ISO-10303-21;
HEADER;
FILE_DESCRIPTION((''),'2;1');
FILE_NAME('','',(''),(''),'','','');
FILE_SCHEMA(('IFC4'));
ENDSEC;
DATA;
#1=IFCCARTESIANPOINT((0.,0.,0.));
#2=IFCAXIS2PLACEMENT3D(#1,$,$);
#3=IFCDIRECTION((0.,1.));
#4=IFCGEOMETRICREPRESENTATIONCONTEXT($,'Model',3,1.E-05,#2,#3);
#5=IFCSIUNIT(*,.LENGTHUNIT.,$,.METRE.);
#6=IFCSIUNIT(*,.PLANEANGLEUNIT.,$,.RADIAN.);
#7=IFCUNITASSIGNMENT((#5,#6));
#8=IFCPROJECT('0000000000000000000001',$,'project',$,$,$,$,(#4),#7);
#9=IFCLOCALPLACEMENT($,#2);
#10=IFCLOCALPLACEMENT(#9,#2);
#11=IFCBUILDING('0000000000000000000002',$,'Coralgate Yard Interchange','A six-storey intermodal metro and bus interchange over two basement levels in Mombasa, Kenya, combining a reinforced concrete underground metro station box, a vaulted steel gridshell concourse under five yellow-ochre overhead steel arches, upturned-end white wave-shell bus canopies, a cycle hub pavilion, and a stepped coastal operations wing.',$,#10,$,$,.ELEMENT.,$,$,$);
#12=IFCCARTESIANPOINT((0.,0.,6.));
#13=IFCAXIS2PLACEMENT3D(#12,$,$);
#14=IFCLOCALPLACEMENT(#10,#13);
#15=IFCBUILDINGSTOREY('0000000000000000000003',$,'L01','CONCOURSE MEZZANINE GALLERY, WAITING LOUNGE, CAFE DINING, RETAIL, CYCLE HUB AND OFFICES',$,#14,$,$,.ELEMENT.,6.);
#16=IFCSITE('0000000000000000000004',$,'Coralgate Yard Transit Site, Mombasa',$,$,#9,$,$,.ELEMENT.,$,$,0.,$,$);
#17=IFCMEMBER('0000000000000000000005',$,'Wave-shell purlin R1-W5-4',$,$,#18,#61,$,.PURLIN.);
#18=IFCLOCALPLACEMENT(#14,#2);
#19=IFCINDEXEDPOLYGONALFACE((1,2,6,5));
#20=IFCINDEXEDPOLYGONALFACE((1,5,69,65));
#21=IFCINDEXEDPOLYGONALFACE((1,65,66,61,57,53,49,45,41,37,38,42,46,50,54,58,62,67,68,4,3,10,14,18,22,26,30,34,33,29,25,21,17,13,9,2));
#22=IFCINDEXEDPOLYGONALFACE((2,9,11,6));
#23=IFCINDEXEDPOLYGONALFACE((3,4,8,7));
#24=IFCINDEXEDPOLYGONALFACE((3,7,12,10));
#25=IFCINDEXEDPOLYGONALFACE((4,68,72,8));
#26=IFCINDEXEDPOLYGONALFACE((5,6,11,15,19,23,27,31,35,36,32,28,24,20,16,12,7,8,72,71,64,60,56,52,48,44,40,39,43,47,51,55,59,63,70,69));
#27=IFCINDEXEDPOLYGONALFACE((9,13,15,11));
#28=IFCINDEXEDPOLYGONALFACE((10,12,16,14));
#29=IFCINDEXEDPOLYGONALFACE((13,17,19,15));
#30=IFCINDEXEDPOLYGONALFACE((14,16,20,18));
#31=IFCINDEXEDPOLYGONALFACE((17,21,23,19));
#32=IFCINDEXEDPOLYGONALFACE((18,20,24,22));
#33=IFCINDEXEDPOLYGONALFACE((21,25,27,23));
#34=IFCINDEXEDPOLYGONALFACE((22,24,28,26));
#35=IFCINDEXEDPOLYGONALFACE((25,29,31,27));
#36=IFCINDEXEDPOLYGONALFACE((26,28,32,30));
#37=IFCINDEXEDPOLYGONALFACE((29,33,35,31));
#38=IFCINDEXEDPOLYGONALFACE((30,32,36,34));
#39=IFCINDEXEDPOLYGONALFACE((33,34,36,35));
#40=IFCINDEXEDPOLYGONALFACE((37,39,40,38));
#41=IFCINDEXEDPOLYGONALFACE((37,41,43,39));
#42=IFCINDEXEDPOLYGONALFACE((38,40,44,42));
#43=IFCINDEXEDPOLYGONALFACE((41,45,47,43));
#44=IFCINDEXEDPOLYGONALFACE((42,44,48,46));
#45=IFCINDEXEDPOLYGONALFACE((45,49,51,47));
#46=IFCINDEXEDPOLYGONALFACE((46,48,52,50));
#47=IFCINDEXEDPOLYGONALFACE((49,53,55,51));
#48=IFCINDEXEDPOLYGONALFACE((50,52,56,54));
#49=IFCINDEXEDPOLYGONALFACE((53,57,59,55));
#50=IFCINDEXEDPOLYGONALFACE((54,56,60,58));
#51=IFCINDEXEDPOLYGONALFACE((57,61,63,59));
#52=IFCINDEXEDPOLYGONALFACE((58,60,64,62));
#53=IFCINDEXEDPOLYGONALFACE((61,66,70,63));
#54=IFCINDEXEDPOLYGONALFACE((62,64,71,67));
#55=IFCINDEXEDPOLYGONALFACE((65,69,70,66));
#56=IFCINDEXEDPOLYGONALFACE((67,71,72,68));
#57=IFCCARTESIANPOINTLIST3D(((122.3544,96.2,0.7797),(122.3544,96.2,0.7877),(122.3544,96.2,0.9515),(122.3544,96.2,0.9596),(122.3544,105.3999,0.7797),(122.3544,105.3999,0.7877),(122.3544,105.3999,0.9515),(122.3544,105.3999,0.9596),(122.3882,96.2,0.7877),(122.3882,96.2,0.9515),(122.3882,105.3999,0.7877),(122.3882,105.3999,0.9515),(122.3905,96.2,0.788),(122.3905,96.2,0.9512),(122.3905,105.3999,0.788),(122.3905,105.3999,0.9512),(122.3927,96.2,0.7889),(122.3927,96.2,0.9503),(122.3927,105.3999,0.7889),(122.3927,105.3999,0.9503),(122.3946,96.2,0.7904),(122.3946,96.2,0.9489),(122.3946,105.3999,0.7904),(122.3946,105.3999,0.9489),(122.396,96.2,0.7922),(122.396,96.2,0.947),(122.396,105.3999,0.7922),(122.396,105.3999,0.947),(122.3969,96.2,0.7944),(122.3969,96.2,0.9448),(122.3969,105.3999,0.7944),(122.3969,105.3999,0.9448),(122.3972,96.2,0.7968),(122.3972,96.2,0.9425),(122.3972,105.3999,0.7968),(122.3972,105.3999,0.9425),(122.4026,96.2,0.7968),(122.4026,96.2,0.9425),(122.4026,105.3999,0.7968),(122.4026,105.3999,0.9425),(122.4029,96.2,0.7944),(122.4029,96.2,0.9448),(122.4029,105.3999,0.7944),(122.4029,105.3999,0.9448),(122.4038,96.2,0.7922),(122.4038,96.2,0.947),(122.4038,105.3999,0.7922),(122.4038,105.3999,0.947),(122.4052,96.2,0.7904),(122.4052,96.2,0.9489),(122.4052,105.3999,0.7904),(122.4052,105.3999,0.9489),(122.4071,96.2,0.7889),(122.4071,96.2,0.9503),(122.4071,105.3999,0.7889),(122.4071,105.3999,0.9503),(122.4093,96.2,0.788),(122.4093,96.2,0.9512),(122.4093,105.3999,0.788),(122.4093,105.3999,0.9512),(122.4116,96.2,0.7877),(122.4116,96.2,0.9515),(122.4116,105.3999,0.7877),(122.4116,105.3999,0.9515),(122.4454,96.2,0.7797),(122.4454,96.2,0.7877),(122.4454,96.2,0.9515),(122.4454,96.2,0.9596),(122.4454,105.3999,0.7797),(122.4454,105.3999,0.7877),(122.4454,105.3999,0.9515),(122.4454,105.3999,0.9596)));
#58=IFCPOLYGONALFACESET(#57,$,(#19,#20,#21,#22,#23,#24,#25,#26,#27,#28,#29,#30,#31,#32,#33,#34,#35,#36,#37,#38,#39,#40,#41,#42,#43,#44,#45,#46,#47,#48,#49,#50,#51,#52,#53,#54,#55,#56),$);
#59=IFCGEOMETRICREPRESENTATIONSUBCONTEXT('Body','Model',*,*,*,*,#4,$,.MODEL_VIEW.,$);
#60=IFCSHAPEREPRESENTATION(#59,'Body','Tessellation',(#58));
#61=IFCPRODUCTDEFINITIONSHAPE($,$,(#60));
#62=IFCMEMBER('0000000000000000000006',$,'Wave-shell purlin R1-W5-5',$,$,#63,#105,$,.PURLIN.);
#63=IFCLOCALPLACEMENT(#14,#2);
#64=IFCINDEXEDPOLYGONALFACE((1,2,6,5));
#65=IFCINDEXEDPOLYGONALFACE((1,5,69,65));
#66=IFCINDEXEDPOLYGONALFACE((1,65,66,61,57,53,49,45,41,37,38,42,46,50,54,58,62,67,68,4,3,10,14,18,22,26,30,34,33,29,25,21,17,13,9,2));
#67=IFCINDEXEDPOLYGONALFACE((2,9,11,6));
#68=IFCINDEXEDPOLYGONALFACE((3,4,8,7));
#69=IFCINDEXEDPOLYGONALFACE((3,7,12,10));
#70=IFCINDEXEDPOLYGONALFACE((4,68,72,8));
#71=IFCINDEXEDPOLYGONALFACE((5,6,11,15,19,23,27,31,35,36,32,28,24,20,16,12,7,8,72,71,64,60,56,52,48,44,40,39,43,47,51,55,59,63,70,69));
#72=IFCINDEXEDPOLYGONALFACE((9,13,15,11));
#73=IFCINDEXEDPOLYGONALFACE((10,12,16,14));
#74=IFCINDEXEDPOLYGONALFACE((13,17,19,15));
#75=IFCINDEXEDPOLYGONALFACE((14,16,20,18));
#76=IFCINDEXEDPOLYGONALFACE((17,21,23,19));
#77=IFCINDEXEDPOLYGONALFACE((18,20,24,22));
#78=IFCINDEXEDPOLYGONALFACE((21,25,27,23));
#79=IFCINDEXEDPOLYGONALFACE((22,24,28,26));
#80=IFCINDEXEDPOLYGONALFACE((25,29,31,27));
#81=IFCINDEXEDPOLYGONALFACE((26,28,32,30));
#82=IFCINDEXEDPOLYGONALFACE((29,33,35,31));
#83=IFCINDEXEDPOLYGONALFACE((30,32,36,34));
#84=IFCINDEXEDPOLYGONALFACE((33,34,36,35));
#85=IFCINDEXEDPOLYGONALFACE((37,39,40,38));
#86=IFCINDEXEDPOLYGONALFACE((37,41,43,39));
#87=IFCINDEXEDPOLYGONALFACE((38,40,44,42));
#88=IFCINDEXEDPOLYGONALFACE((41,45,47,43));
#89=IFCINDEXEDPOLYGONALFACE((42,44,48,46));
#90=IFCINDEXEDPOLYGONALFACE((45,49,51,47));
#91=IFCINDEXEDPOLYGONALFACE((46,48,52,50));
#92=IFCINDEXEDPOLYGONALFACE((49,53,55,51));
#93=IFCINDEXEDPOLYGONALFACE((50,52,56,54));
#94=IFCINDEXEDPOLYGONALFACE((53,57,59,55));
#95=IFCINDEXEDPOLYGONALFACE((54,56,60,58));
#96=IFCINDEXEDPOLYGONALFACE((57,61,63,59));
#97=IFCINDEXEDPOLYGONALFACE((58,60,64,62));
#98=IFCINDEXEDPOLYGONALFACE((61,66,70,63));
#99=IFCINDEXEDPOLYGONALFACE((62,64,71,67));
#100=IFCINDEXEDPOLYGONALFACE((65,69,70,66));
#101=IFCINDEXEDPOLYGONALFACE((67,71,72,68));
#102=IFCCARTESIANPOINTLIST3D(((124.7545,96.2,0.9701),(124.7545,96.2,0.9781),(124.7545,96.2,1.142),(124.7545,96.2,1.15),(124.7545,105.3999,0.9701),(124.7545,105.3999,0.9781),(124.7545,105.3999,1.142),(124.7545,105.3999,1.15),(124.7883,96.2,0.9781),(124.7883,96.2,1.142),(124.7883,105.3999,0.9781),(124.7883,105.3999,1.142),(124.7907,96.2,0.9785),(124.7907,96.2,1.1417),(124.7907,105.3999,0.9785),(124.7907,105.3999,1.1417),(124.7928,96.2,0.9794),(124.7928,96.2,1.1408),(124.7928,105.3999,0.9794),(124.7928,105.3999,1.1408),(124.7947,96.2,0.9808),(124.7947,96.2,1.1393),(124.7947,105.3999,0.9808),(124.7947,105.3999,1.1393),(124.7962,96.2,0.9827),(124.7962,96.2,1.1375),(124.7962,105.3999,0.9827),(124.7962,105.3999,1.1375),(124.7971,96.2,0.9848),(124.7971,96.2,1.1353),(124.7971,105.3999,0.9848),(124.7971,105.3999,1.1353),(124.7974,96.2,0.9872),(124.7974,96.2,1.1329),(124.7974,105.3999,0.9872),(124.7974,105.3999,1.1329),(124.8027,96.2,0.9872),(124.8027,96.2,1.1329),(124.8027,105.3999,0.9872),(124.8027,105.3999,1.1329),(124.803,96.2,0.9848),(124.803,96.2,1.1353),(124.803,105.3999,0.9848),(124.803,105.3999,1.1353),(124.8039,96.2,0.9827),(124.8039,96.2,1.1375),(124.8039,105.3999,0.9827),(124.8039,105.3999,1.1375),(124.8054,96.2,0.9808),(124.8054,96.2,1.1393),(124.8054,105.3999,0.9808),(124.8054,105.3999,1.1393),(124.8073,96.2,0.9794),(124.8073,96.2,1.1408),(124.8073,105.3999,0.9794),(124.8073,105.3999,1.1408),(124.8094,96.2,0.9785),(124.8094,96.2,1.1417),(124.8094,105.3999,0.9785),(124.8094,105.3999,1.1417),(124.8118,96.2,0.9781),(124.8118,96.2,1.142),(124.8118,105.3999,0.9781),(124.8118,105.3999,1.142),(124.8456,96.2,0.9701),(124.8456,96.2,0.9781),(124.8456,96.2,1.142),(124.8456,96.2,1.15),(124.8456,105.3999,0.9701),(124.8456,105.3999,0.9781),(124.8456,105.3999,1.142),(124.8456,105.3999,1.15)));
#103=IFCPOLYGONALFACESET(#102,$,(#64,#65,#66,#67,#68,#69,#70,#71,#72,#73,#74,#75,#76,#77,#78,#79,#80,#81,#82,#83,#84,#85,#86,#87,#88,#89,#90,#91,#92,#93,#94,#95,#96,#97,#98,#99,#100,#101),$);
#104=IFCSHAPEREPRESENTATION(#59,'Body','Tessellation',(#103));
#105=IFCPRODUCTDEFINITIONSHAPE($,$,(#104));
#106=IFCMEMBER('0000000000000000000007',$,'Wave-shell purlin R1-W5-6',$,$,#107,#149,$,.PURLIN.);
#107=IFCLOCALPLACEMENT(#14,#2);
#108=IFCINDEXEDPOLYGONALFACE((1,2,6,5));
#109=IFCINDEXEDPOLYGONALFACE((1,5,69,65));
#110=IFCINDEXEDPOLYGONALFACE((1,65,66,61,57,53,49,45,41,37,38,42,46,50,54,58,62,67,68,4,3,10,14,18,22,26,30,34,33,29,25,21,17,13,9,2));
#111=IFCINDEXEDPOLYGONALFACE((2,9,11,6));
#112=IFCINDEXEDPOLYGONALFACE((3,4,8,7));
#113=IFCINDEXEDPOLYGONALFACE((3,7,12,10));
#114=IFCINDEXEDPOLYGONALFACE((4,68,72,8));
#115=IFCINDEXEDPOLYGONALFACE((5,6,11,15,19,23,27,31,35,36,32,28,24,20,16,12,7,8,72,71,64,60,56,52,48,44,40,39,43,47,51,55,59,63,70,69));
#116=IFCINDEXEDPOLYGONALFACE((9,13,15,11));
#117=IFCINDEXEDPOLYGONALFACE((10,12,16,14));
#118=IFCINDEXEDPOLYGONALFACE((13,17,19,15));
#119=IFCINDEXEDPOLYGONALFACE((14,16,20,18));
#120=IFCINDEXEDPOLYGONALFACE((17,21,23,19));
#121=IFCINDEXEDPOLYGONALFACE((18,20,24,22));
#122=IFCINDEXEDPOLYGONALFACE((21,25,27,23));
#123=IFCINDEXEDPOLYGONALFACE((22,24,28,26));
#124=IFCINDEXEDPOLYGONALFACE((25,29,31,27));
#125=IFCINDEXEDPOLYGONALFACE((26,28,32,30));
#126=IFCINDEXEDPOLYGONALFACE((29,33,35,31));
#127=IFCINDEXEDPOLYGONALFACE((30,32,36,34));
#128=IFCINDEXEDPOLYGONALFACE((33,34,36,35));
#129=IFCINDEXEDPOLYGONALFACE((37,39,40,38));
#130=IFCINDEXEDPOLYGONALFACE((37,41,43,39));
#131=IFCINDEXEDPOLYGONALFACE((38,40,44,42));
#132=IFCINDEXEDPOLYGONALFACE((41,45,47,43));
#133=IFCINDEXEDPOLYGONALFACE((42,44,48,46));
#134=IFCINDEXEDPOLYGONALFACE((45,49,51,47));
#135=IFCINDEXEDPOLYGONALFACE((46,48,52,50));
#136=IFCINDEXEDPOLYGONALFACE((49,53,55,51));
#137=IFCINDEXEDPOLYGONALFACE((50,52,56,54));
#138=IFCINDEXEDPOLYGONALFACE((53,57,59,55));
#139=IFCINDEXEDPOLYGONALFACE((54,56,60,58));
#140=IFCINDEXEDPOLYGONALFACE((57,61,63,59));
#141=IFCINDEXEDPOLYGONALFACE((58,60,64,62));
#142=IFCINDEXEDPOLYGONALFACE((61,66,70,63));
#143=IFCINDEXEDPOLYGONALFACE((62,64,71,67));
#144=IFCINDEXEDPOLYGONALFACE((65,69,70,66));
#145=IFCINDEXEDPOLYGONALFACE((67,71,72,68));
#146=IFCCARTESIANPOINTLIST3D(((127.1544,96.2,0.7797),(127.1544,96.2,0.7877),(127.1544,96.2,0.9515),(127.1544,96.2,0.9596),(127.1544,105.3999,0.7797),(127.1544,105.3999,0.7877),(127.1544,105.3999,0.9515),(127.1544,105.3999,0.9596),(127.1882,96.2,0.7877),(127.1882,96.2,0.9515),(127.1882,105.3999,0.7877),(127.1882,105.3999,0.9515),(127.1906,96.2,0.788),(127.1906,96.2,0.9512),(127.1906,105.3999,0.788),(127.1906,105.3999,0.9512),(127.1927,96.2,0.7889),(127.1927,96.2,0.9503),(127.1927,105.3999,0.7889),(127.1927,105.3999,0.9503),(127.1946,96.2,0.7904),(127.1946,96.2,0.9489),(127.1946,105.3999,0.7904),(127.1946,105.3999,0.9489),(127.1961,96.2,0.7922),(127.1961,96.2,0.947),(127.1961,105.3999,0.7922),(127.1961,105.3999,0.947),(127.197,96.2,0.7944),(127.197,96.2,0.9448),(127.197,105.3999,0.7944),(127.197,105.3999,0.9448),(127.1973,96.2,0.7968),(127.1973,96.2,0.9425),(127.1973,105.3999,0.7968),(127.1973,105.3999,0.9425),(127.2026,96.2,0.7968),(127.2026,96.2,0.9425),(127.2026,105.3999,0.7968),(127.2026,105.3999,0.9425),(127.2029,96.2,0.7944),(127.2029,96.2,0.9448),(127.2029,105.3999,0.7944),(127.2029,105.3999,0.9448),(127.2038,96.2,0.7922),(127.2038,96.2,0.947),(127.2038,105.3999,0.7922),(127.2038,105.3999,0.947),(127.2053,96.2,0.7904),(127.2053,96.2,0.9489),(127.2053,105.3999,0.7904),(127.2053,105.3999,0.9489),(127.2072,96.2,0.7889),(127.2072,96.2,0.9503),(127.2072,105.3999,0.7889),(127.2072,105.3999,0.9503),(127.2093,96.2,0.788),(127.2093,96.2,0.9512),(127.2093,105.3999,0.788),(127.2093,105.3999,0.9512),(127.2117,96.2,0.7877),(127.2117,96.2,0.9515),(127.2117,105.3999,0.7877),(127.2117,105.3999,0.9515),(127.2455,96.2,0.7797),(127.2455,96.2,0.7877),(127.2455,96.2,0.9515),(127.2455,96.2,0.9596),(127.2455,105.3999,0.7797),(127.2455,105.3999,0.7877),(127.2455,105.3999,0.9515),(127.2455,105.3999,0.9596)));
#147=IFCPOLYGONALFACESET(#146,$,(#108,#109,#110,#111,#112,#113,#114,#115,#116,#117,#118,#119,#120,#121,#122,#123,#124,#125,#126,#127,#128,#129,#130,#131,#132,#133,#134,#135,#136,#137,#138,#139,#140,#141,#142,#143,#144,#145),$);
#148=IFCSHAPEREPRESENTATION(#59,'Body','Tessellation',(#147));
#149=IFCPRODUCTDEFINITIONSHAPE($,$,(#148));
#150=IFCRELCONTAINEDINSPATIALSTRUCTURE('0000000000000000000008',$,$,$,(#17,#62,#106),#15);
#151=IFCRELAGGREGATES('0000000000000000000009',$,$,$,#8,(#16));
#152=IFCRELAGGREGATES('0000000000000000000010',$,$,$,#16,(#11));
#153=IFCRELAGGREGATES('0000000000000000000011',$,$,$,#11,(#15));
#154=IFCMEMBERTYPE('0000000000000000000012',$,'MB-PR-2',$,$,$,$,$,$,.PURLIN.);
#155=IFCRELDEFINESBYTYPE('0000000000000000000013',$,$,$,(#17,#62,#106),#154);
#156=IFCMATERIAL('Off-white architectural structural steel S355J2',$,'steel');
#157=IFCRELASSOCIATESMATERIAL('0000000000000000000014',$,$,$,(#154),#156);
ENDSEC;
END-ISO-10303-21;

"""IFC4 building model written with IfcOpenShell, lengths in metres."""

from ifc_helpers import new_model, si_unit, direction, frame, origin, origin_2d, place, context, subcontext, project, spatial, i_section, extrude, material, material_profile, profile_set, type_object, element, save


model = new_model("IFC4")

# Units and contexts
model_context = context("Model", 3, precision=1e-05, world=origin(), true_north=direction((0.0, 1.0)))
body_context = subcontext(model_context, "Body", "Model", "MODEL_VIEW")
ifc_project = project(units=[si_unit("LENGTHUNIT", "METRE"), si_unit("PLANEANGLEUNIT", "RADIAN")], contexts=[model_context])

# Site, building, storey
site_placement = place(None, origin())
site = spatial("IfcSite", under=ifc_project, at=site_placement, Name="Coralgate Yard Transit Site, Mombasa", CompositionType="ELEMENT", RefElevation=0.0)
building_placement = place(site_placement, origin())
building = spatial("IfcBuilding", under=site, at=building_placement, Name="Coralgate Yard Interchange", Description="A six-storey intermodal metro and bus interchange over two basement levels in Mombasa, Kenya, combining a reinforced concrete underground metro station box, a vaulted steel gridshell concourse under five yellow-ochre overhead steel arches, upturned-end white wave-shell bus canopies, a cycle hub pavilion, and a stepped coastal operations wing.", CompositionType="ELEMENT")
storey_placement = place(building_placement, frame((0.0, 0.0, 6.0)))
storey = spatial("IfcBuildingStorey", under=building, at=storey_placement, Name="L01", Description="CONCOURSE MEZZANINE GALLERY, WAITING LOUNGE, CAFE DINING, RETAIL, CYCLE HUB AND OFFICES", CompositionType="ELEMENT", Elevation=6.0)

# Shared definitions
ifc_material_1 = material(Name="Off-white architectural structural steel S355J2", Category="steel")

# Members
ifc_material_profile_1 = material_profile(ifc_material_1, i_section(OverallWidth=0.0911, OverallDepth=0.1799, WebThickness=0.0054, FlangeThickness=0.0081, FilletRadius=0.009, at=origin_2d()), Name="IPE 180")
ifc_profile_set_1 = profile_set([ifc_material_profile_1], Name="Off-white architectural structural steel S355J2")
member_type_1 = type_object("IfcMemberType", Name="MB-PR-2", PredefinedType="PURLIN", material=ifc_profile_set_1)
for number, where, z_axis, x_axis, name in (
    (1, (122.3999, 96.2, 0.8696), (0.0, 1.0, 0.0), (-1.0, 0.0, 0.0), "Wave-shell purlin R1-W5-4"),
    (2, (124.8, 96.2, 1.0601), (0.0, 1.0, 0.0), (-1.0, 0.0, 0.0), "Wave-shell purlin R1-W5-5"),
    (3, (127.2, 96.2, 0.8696), (0.0, 1.0, 0.0), (-1.0, 0.0, 0.0), "Wave-shell purlin R1-W5-6"),
):
    element("IfcMember", number, at=place(storey_placement, frame(where, z_axis=z_axis, x_axis=x_axis)), inside=storey, type_object=member_type_1, Name=name, PredefinedType="PURLIN", context=body_context, shape_type="SweptSolid", body=[
        extrude(i_section(OverallWidth=0.0911, OverallDepth=0.1799, WebThickness=0.0054, FlangeThickness=0.0081, FilletRadius=0.009, at=origin_2d()), origin(), (0.0, 0.0, 1.0), 9.2),
    ])

save(model, "model.ifc")
